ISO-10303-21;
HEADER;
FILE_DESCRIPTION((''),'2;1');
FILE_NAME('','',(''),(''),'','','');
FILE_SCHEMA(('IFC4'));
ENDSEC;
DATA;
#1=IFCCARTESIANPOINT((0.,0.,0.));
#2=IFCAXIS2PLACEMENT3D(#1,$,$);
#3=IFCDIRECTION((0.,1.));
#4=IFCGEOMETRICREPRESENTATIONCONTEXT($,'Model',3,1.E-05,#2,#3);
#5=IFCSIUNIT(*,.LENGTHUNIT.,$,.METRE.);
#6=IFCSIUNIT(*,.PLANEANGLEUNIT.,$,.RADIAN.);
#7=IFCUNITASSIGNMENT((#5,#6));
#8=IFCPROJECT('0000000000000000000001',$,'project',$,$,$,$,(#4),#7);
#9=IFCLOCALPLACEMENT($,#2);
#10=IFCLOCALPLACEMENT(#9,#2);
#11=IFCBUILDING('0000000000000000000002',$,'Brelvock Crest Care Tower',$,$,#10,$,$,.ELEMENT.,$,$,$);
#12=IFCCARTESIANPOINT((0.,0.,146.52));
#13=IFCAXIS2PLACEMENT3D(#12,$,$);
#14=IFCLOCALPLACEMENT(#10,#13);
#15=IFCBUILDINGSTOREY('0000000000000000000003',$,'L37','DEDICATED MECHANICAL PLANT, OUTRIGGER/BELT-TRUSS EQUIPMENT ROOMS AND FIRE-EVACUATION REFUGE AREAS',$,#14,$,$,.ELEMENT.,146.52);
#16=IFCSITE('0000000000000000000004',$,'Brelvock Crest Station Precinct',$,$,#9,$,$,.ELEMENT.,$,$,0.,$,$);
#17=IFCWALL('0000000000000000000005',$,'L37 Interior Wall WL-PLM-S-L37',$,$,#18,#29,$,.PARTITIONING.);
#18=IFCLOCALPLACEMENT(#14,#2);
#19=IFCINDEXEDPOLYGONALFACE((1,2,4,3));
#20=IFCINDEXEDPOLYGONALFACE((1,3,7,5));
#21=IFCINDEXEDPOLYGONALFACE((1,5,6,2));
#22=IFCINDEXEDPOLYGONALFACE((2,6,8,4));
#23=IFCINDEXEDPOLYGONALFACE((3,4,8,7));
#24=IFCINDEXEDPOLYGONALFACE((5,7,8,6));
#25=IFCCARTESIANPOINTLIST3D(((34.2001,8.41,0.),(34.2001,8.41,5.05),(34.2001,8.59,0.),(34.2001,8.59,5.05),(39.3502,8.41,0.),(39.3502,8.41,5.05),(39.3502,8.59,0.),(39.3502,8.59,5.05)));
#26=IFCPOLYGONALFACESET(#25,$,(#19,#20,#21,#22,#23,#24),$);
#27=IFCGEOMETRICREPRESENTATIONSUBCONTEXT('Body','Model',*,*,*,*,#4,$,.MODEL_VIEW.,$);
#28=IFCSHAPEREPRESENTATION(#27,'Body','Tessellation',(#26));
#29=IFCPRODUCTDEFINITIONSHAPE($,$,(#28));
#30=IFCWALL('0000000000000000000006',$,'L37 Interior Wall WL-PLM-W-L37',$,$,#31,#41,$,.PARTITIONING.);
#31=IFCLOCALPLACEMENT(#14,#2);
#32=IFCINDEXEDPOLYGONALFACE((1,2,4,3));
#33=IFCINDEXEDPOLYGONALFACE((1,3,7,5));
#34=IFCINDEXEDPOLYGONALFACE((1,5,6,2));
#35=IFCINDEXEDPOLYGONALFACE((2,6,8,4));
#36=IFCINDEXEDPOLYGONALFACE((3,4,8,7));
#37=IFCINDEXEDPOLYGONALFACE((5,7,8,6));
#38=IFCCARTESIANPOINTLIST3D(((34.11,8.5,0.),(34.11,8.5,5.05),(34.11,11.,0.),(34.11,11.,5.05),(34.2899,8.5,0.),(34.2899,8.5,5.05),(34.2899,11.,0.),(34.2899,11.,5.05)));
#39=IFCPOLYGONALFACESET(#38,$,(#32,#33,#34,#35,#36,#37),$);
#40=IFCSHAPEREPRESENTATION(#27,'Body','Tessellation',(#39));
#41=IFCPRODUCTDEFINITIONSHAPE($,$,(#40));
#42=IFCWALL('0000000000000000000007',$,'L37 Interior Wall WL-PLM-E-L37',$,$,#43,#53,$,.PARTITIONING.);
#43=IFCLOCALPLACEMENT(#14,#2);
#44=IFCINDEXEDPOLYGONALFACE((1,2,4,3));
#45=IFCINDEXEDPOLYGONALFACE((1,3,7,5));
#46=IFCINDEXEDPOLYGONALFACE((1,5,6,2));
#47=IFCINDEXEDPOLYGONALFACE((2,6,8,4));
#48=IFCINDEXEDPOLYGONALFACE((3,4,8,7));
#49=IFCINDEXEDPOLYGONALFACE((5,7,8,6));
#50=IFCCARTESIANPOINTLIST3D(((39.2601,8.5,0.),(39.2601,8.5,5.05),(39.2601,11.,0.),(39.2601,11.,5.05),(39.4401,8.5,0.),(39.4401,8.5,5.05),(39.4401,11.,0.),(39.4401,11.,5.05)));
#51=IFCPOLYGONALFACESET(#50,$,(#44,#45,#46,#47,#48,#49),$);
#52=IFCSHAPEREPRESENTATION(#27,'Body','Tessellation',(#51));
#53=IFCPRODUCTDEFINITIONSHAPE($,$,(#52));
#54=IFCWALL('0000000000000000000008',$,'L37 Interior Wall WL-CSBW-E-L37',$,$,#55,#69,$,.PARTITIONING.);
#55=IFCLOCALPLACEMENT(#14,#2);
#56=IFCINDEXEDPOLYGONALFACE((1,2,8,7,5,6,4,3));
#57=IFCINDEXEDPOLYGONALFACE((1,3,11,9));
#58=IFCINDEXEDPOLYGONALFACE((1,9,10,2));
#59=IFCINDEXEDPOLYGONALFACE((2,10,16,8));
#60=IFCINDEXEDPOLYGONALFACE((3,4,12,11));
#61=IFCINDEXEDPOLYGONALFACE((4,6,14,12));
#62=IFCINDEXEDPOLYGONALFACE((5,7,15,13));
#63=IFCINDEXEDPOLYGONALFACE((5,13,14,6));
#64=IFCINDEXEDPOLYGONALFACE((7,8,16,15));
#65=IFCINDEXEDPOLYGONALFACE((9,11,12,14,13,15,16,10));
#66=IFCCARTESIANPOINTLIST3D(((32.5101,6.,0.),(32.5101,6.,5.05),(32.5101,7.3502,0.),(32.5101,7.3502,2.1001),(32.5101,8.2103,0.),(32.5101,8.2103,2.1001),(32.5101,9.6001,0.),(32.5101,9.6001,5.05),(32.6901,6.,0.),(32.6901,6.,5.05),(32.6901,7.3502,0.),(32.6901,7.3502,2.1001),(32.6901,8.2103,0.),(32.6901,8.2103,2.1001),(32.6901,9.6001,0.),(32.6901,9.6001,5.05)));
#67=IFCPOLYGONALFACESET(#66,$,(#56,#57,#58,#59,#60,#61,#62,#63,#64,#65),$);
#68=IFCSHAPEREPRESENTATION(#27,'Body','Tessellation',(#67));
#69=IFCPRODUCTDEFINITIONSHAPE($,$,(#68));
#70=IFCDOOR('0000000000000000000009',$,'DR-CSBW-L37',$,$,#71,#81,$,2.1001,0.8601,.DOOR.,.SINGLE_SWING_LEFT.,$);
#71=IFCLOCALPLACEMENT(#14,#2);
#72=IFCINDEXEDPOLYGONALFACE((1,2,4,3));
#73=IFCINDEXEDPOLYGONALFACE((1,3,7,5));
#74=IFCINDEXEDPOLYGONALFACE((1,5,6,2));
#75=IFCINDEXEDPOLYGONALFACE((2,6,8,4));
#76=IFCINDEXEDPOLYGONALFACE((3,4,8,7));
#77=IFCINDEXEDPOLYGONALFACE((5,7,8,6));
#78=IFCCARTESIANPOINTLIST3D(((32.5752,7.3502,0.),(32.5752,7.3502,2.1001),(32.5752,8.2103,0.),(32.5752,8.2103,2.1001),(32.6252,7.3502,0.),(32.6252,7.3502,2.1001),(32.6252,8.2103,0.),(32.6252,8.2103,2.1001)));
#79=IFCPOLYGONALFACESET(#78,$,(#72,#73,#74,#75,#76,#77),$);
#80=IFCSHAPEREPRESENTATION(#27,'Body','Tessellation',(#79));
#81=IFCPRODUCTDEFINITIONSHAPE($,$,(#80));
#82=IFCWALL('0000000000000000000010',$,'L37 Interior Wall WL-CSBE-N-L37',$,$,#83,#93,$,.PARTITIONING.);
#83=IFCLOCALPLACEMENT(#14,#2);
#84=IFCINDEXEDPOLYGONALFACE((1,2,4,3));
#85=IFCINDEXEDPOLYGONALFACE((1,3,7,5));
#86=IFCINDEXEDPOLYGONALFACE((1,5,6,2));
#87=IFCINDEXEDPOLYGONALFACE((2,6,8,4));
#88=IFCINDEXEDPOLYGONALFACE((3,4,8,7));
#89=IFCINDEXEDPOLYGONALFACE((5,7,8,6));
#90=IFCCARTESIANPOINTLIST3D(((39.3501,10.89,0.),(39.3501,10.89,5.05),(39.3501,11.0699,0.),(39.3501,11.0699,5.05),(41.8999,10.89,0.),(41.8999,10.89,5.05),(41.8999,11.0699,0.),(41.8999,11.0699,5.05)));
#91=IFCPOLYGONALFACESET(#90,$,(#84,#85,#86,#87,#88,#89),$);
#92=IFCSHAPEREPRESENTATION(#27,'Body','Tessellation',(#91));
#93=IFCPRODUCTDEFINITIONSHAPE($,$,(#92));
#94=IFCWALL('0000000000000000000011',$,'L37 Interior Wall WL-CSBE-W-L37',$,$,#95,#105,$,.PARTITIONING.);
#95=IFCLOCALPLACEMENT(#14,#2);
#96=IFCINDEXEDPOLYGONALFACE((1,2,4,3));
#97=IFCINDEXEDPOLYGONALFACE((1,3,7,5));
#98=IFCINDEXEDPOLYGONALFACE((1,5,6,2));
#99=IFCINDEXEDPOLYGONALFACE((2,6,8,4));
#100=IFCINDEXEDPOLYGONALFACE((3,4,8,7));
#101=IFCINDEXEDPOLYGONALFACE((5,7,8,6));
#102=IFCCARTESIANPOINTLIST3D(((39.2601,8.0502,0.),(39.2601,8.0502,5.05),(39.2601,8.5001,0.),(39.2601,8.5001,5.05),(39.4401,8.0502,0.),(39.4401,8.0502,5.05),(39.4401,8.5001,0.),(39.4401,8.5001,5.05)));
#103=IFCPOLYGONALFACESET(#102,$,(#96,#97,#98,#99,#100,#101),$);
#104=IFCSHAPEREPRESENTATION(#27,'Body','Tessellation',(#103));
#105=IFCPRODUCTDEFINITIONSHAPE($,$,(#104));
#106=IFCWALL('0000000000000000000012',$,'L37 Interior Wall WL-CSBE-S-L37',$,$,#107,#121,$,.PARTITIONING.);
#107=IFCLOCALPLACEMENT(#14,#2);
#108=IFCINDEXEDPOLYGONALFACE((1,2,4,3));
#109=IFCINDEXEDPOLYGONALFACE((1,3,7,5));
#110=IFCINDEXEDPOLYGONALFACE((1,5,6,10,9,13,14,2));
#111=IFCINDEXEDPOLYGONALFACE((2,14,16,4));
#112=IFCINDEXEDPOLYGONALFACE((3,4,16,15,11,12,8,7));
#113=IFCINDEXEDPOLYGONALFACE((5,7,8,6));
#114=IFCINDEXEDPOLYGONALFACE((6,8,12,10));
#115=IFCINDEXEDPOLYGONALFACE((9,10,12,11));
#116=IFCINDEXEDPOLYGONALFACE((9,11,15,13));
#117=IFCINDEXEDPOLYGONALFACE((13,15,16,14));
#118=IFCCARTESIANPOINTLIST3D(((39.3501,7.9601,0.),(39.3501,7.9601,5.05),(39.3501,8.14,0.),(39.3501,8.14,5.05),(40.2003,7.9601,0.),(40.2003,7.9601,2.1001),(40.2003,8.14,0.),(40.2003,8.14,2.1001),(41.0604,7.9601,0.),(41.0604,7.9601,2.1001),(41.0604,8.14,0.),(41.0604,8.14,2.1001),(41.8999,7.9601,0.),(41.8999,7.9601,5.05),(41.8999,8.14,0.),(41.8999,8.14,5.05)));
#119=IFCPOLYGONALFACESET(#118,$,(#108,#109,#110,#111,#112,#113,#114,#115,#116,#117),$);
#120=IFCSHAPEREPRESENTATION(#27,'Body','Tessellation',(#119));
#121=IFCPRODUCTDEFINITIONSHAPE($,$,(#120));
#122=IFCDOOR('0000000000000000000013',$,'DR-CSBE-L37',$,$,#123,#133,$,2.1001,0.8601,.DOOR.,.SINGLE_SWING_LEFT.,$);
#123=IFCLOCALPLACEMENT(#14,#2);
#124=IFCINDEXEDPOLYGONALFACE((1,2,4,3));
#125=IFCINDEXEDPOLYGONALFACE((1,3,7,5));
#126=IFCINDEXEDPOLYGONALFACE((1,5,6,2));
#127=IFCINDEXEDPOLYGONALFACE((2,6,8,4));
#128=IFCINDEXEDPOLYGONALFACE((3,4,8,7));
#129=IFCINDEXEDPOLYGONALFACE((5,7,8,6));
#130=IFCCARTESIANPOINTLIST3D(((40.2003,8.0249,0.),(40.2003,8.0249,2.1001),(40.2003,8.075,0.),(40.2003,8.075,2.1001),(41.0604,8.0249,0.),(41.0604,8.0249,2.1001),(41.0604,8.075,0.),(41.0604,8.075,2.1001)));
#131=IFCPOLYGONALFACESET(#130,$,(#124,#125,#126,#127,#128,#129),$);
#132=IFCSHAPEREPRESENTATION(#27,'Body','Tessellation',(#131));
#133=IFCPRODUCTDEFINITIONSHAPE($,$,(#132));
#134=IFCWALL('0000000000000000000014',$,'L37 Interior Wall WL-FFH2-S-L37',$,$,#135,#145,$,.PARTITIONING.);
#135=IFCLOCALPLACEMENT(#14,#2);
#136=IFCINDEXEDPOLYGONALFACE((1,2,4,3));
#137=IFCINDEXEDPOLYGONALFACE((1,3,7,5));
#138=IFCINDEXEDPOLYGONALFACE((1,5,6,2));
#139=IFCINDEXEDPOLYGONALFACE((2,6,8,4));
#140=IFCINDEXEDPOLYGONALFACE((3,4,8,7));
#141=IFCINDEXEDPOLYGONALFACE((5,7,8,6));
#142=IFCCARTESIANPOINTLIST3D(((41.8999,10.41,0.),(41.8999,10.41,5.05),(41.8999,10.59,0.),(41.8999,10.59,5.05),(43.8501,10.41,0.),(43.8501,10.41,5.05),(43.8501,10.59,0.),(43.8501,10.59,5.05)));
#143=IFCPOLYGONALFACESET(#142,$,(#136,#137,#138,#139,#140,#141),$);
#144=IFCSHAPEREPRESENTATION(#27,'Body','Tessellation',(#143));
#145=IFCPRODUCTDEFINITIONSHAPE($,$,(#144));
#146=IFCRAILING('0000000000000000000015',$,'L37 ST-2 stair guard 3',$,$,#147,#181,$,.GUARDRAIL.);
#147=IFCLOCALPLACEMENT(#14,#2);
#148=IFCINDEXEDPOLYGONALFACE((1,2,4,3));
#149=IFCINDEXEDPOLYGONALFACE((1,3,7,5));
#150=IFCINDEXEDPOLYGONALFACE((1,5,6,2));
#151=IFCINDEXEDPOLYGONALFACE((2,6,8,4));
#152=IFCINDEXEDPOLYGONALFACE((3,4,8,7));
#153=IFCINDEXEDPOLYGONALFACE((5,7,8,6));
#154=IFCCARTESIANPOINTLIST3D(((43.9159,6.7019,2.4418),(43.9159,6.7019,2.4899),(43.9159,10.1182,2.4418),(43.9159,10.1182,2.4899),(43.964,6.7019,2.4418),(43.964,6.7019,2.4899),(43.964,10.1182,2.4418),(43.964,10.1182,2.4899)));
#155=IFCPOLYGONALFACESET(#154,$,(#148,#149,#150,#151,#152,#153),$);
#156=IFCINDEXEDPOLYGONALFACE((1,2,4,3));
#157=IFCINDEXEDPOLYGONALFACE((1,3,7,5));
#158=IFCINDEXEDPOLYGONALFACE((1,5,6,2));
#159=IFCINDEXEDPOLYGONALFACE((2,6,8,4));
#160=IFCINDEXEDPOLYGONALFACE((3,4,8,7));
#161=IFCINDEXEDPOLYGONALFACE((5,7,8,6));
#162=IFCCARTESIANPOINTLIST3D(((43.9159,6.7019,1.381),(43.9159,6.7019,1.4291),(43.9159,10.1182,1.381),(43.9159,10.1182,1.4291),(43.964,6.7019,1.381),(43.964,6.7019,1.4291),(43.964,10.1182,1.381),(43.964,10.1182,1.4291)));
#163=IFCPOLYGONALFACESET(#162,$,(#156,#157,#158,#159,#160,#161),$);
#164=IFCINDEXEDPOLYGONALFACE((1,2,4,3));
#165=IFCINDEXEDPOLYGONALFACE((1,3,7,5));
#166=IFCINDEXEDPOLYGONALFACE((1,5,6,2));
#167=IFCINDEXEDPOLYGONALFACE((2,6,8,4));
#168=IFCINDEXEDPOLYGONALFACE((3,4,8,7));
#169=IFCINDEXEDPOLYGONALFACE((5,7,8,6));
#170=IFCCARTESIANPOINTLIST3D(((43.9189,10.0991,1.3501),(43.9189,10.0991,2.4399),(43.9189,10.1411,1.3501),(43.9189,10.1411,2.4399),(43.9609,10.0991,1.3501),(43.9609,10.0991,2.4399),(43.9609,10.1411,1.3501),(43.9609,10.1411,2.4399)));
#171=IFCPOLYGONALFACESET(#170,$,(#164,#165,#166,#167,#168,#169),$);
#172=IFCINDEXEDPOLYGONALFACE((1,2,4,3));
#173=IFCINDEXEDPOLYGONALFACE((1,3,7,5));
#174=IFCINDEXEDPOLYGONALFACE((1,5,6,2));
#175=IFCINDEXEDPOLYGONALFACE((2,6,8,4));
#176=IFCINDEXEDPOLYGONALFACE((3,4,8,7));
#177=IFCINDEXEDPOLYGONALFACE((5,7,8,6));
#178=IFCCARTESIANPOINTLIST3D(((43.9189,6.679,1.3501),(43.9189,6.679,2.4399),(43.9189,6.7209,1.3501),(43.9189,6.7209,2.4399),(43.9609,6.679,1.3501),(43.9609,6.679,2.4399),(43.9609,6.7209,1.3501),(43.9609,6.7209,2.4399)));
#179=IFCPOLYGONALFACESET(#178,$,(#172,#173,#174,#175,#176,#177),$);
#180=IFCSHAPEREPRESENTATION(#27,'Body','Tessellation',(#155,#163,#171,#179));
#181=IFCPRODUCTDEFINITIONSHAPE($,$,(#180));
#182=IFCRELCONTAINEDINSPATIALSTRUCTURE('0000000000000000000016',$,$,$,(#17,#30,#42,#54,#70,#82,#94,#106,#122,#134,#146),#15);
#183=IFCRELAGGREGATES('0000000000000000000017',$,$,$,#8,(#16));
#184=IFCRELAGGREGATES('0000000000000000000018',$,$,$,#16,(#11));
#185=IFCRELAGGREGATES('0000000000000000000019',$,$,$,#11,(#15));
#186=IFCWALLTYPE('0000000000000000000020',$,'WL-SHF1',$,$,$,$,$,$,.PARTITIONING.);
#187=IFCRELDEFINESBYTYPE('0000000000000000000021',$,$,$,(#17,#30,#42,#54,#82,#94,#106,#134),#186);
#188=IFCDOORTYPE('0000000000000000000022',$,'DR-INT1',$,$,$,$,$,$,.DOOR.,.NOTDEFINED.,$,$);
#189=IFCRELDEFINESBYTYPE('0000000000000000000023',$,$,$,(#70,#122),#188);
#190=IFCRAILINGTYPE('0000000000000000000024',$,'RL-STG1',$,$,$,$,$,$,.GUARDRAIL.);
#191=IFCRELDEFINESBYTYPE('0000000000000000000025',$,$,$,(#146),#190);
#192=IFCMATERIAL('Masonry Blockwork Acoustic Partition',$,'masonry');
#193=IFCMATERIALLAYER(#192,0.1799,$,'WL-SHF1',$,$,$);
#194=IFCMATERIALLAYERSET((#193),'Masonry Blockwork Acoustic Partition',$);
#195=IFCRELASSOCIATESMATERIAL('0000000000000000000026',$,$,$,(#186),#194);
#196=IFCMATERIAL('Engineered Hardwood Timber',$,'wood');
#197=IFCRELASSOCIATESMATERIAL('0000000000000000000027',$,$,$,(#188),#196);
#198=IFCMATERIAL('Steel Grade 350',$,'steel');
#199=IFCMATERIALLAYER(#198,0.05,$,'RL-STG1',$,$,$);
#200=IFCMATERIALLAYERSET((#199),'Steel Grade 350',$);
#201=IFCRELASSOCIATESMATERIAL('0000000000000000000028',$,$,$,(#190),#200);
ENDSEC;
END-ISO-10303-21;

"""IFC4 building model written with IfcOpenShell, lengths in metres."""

from ifc_helpers import new_model, si_unit, direction, frame, frame_2d, origin, origin_2d, place, context, subcontext, project, spatial, rectangle, extrude, source, transform, mapped, material, layer, layer_set, type_object, element, fill, save


model = new_model("IFC4")

# Units and contexts
model_context = context("Model", 3, precision=1e-05, world=origin(), true_north=direction((0.0, 1.0)))
body_context = subcontext(model_context, "Body", "Model", "MODEL_VIEW")
ifc_project = project(units=[si_unit("LENGTHUNIT", "METRE"), si_unit("PLANEANGLEUNIT", "RADIAN")], contexts=[model_context])

# Site, building, storey
site_placement = place(None, origin())
site = spatial("IfcSite", under=ifc_project, at=site_placement, Name="Brelvock Crest Station Precinct", CompositionType="ELEMENT", RefElevation=0.0)
building_placement = place(site_placement, origin())
building = spatial("IfcBuilding", under=site, at=building_placement, Name="Brelvock Crest Care Tower", CompositionType="ELEMENT")
storey_placement = place(building_placement, frame((0.0, 0.0, 146.52)))
storey = spatial("IfcBuildingStorey", under=building, at=storey_placement, Name="L37", Description="DEDICATED MECHANICAL PLANT, OUTRIGGER/BELT-TRUSS EQUIPMENT ROOMS AND FIRE-EVACUATION REFUGE AREAS", CompositionType="ELEMENT", Elevation=146.52)

# Shared definitions
ifc_material_1 = material(Name="Steel Grade 350", Category="steel")

# Shared definitions
ifc_material_2 = material(Name="Masonry Blockwork Acoustic Partition", Category="masonry")
ifc_layer_1 = layer(ifc_material_2, 0.1799, Name="WL-SHF1")
ifc_layer_set_1 = layer_set([ifc_layer_1], Name="Masonry Blockwork Acoustic Partition")
wall_type_1 = type_object("IfcWallType", Name="WL-SHF1", PredefinedType="PARTITIONING", material=ifc_layer_set_1)

# Walls
wall_1_placement = place(storey_placement, frame((34.2, 8.5, 0.0), z_axis=(0.0, 0.0, 1.0), x_axis=(1.0, 0.0, 0.0)))
element("IfcWall", 1, at=wall_1_placement, inside=storey, type_object=wall_type_1, Name="L37 Interior Wall WL-PLM-S-L37", PredefinedType="PARTITIONING", context=body_context, shape_type="SweptSolid", body=[
    extrude(rectangle(XDim=5.1501, YDim=0.1799, at=frame_2d((2.5752, 0.0))), origin(), (0.0, 0.0, 1.0), 5.05),
])
for number, where, z_axis, x_axis, name in (
    (2, (34.2, 8.5, 0.0), (0.0, 0.0, 1.0), (0.0, 1.0, 0.0), "L37 Interior Wall WL-PLM-W-L37"),
    (3, (39.3501, 8.5, 0.0), (0.0, 0.0, 1.0), (0.0, 1.0, 0.0), "L37 Interior Wall WL-PLM-E-L37"),
):
    element("IfcWall", number, at=place(storey_placement, frame(where, z_axis=z_axis, x_axis=x_axis)), inside=storey, type_object=wall_type_1, Name=name, PredefinedType="PARTITIONING", context=body_context, shape_type="SweptSolid", body=[
        extrude(rectangle(XDim=2.5, YDim=0.1799, at=frame_2d((1.25, 0.0))), origin(), (0.0, 0.0, 1.0), 5.05),
    ])

# Wall, opening, door
wall_2_placement = place(storey_placement, frame((32.6001, 6.0, 0.0), z_axis=(0.0, 0.0, 1.0), x_axis=(0.0, 1.0, 0.0)))
wall_2 = element("IfcWall", 4, at=wall_2_placement, inside=storey, type_object=wall_type_1, Name="L37 Interior Wall WL-CSBW-E-L37", PredefinedType="PARTITIONING", context=body_context, shape_type="SweptSolid", body=[
    extrude(rectangle(XDim=3.6001, YDim=0.1799, at=frame_2d((1.8, 0.0))), origin(), (0.0, 0.0, 1.0), 5.05),
])
opening_1_placement = place(wall_2_placement, frame((1.3501, 0.0, 0.0)))
opening_1 = element("IfcOpeningElement", 5, at=opening_1_placement, cuts=wall_2, PredefinedType="OPENING", context=body_context, shape_type="SweptSolid", body=[
    extrude(rectangle(XDim=0.8601, YDim=2.1001, at=origin_2d()), frame((0.4302, 0.1001, 1.05), z_axis=(0.0, -1.0, 0.0), x_axis=(1.0, 0.0, 0.0)), (0.0, 0.0, 1.0), 0.2),
])
ifc_material_3 = material(Name="Engineered Hardwood Timber", Category="wood")
door_type_1 = type_object("IfcDoorType", Name="DR-INT1", OperationType="NOTDEFINED", PredefinedType="DOOR", material=ifc_material_3)
shared_shape_1 = source(origin(), body_context, "Body", "SweptSolid", [
    extrude(rectangle(XDim=0.8601, YDim=2.1001, at=origin_2d()), frame((0.4302, 0.0249, 1.05), z_axis=(0.0, -1.0, 0.0), x_axis=(1.0, 0.0, 0.0)), (0.0, 0.0, 1.0), 0.05),
])
door_1_placement = place(opening_1_placement, origin())
door_1 = element("IfcDoor", 6, at=door_1_placement, inside=storey, type_object=door_type_1, Name="DR-CSBW-L37", OperationType="SINGLE_SWING_LEFT", OverallHeight=2.1001, OverallWidth=0.8601, PredefinedType="DOOR", context=body_context, shape_type="MappedRepresentation", body=[
    mapped(shared_shape_1, transform((0.0, 0.0, 0.0), x_axis=(1.0, 0.0, 0.0), y_axis=(0.0, 1.0, 0.0), z_axis=(0.0, 0.0, 1.0), scale=1.0)),
])
fill(opening_1, door_1)

# Walls
wall_3_placement = place(storey_placement, frame((39.3501, 10.98, 0.0), z_axis=(0.0, 0.0, 1.0), x_axis=(1.0, 0.0, 0.0)))
element("IfcWall", 7, at=wall_3_placement, inside=storey, type_object=wall_type_1, Name="L37 Interior Wall WL-CSBE-N-L37", PredefinedType="PARTITIONING", context=body_context, shape_type="SweptSolid", body=[
    extrude(rectangle(XDim=2.5498, YDim=0.1799, at=frame_2d((1.2749, 0.0))), origin(), (0.0, 0.0, 1.0), 5.05),
])
wall_4_placement = place(storey_placement, frame((39.3501, 8.05, 0.0), z_axis=(0.0, 0.0, 1.0), x_axis=(0.0, 1.0, 0.0)))
element("IfcWall", 8, at=wall_4_placement, inside=storey, type_object=wall_type_1, Name="L37 Interior Wall WL-CSBE-W-L37", PredefinedType="PARTITIONING", context=body_context, shape_type="SweptSolid", body=[
    extrude(rectangle(XDim=0.45, YDim=0.1799, at=frame_2d((0.2251, 0.0))), origin(), (0.0, 0.0, 1.0), 5.05),
])

# Wall, opening, door
wall_5_placement = place(storey_placement, frame((39.3501, 8.05, 0.0), z_axis=(0.0, 0.0, 1.0), x_axis=(1.0, 0.0, 0.0)))
wall_5 = element("IfcWall", 9, at=wall_5_placement, inside=storey, type_object=wall_type_1, Name="L37 Interior Wall WL-CSBE-S-L37", PredefinedType="PARTITIONING", context=body_context, shape_type="SweptSolid", body=[
    extrude(rectangle(XDim=2.5498, YDim=0.1799, at=frame_2d((1.2749, 0.0))), origin(), (0.0, 0.0, 1.0), 5.05),
])
opening_2_placement = place(wall_5_placement, frame((0.8501, 0.0, 0.0)))
opening_2 = element("IfcOpeningElement", 10, at=opening_2_placement, cuts=wall_5, PredefinedType="OPENING", context=body_context, shape_type="SweptSolid", body=[
    extrude(rectangle(XDim=0.8601, YDim=2.1001, at=origin_2d()), frame((0.4302, 0.1001, 1.05), z_axis=(0.0, -1.0, 0.0), x_axis=(1.0, 0.0, 0.0)), (0.0, 0.0, 1.0), 0.2),
])
door_2_placement = place(opening_2_placement, origin())
door_2 = element("IfcDoor", 11, at=door_2_placement, inside=storey, type_object=door_type_1, Name="DR-CSBE-L37", OperationType="SINGLE_SWING_LEFT", OverallHeight=2.1001, OverallWidth=0.8601, PredefinedType="DOOR", context=body_context, shape_type="MappedRepresentation", body=[
    mapped(shared_shape_1, transform((0.0, 0.0, 0.0), x_axis=(1.0, 0.0, 0.0), y_axis=(0.0, 1.0, 0.0), z_axis=(0.0, 0.0, 1.0), scale=1.0)),
])
fill(opening_2, door_2)

# Wall
wall_6_placement = place(storey_placement, frame((41.8999, 10.5, 0.0), z_axis=(0.0, 0.0, 1.0), x_axis=(1.0, 0.0, 0.0)))
element("IfcWall", 12, at=wall_6_placement, inside=storey, type_object=wall_type_1, Name="L37 Interior Wall WL-FFH2-S-L37", PredefinedType="PARTITIONING", context=body_context, shape_type="SweptSolid", body=[
    extrude(rectangle(XDim=1.9502, YDim=0.1799, at=frame_2d((0.9751, 0.0))), origin(), (0.0, 0.0, 1.0), 5.05),
])

# Railing
ifc_layer_2 = layer(ifc_material_1, 0.05, Name="RL-STG1")
ifc_layer_set_2 = layer_set([ifc_layer_2], Name="Steel Grade 350")
railing_type = type_object("IfcRailingType", Name="RL-STG1", PredefinedType="GUARDRAIL", material=ifc_layer_set_2)
railing_1_placement = place(storey_placement, frame((43.9399, 10.1201, 1.3501)))
element("IfcRailing", 13, at=railing_1_placement, inside=storey, type_object=railing_type, Name="L37 ST-2 stair guard 3", PredefinedType="GUARDRAIL", context=body_context, shape_type="SweptSolid", body=[
    extrude(rectangle(XDim=0.0481, YDim=0.0481, at=origin_2d()), frame((0.0, -0.002, 1.1157), z_axis=(0.0, -1.0, 0.0), x_axis=(1.0, 0.0, 0.0)), (0.0, 0.0, 1.0), 3.4163),
    extrude(rectangle(XDim=0.0481, YDim=0.0481, at=origin_2d()), frame((0.0, -0.002, 0.0549), z_axis=(0.0, -1.0, 0.0), x_axis=(1.0, 0.0, 0.0)), (0.0, 0.0, 1.0), 3.4163),
    extrude(rectangle(XDim=0.042, YDim=0.042, at=origin_2d()), origin(), (0.0, 0.0, 1.0), 1.0898),
    extrude(rectangle(XDim=0.042, YDim=0.042, at=origin_2d()), frame((0.0, -3.4202, 0.0)), (0.0, 0.0, 1.0), 1.0898),
])

save(model, "model.ifc")
